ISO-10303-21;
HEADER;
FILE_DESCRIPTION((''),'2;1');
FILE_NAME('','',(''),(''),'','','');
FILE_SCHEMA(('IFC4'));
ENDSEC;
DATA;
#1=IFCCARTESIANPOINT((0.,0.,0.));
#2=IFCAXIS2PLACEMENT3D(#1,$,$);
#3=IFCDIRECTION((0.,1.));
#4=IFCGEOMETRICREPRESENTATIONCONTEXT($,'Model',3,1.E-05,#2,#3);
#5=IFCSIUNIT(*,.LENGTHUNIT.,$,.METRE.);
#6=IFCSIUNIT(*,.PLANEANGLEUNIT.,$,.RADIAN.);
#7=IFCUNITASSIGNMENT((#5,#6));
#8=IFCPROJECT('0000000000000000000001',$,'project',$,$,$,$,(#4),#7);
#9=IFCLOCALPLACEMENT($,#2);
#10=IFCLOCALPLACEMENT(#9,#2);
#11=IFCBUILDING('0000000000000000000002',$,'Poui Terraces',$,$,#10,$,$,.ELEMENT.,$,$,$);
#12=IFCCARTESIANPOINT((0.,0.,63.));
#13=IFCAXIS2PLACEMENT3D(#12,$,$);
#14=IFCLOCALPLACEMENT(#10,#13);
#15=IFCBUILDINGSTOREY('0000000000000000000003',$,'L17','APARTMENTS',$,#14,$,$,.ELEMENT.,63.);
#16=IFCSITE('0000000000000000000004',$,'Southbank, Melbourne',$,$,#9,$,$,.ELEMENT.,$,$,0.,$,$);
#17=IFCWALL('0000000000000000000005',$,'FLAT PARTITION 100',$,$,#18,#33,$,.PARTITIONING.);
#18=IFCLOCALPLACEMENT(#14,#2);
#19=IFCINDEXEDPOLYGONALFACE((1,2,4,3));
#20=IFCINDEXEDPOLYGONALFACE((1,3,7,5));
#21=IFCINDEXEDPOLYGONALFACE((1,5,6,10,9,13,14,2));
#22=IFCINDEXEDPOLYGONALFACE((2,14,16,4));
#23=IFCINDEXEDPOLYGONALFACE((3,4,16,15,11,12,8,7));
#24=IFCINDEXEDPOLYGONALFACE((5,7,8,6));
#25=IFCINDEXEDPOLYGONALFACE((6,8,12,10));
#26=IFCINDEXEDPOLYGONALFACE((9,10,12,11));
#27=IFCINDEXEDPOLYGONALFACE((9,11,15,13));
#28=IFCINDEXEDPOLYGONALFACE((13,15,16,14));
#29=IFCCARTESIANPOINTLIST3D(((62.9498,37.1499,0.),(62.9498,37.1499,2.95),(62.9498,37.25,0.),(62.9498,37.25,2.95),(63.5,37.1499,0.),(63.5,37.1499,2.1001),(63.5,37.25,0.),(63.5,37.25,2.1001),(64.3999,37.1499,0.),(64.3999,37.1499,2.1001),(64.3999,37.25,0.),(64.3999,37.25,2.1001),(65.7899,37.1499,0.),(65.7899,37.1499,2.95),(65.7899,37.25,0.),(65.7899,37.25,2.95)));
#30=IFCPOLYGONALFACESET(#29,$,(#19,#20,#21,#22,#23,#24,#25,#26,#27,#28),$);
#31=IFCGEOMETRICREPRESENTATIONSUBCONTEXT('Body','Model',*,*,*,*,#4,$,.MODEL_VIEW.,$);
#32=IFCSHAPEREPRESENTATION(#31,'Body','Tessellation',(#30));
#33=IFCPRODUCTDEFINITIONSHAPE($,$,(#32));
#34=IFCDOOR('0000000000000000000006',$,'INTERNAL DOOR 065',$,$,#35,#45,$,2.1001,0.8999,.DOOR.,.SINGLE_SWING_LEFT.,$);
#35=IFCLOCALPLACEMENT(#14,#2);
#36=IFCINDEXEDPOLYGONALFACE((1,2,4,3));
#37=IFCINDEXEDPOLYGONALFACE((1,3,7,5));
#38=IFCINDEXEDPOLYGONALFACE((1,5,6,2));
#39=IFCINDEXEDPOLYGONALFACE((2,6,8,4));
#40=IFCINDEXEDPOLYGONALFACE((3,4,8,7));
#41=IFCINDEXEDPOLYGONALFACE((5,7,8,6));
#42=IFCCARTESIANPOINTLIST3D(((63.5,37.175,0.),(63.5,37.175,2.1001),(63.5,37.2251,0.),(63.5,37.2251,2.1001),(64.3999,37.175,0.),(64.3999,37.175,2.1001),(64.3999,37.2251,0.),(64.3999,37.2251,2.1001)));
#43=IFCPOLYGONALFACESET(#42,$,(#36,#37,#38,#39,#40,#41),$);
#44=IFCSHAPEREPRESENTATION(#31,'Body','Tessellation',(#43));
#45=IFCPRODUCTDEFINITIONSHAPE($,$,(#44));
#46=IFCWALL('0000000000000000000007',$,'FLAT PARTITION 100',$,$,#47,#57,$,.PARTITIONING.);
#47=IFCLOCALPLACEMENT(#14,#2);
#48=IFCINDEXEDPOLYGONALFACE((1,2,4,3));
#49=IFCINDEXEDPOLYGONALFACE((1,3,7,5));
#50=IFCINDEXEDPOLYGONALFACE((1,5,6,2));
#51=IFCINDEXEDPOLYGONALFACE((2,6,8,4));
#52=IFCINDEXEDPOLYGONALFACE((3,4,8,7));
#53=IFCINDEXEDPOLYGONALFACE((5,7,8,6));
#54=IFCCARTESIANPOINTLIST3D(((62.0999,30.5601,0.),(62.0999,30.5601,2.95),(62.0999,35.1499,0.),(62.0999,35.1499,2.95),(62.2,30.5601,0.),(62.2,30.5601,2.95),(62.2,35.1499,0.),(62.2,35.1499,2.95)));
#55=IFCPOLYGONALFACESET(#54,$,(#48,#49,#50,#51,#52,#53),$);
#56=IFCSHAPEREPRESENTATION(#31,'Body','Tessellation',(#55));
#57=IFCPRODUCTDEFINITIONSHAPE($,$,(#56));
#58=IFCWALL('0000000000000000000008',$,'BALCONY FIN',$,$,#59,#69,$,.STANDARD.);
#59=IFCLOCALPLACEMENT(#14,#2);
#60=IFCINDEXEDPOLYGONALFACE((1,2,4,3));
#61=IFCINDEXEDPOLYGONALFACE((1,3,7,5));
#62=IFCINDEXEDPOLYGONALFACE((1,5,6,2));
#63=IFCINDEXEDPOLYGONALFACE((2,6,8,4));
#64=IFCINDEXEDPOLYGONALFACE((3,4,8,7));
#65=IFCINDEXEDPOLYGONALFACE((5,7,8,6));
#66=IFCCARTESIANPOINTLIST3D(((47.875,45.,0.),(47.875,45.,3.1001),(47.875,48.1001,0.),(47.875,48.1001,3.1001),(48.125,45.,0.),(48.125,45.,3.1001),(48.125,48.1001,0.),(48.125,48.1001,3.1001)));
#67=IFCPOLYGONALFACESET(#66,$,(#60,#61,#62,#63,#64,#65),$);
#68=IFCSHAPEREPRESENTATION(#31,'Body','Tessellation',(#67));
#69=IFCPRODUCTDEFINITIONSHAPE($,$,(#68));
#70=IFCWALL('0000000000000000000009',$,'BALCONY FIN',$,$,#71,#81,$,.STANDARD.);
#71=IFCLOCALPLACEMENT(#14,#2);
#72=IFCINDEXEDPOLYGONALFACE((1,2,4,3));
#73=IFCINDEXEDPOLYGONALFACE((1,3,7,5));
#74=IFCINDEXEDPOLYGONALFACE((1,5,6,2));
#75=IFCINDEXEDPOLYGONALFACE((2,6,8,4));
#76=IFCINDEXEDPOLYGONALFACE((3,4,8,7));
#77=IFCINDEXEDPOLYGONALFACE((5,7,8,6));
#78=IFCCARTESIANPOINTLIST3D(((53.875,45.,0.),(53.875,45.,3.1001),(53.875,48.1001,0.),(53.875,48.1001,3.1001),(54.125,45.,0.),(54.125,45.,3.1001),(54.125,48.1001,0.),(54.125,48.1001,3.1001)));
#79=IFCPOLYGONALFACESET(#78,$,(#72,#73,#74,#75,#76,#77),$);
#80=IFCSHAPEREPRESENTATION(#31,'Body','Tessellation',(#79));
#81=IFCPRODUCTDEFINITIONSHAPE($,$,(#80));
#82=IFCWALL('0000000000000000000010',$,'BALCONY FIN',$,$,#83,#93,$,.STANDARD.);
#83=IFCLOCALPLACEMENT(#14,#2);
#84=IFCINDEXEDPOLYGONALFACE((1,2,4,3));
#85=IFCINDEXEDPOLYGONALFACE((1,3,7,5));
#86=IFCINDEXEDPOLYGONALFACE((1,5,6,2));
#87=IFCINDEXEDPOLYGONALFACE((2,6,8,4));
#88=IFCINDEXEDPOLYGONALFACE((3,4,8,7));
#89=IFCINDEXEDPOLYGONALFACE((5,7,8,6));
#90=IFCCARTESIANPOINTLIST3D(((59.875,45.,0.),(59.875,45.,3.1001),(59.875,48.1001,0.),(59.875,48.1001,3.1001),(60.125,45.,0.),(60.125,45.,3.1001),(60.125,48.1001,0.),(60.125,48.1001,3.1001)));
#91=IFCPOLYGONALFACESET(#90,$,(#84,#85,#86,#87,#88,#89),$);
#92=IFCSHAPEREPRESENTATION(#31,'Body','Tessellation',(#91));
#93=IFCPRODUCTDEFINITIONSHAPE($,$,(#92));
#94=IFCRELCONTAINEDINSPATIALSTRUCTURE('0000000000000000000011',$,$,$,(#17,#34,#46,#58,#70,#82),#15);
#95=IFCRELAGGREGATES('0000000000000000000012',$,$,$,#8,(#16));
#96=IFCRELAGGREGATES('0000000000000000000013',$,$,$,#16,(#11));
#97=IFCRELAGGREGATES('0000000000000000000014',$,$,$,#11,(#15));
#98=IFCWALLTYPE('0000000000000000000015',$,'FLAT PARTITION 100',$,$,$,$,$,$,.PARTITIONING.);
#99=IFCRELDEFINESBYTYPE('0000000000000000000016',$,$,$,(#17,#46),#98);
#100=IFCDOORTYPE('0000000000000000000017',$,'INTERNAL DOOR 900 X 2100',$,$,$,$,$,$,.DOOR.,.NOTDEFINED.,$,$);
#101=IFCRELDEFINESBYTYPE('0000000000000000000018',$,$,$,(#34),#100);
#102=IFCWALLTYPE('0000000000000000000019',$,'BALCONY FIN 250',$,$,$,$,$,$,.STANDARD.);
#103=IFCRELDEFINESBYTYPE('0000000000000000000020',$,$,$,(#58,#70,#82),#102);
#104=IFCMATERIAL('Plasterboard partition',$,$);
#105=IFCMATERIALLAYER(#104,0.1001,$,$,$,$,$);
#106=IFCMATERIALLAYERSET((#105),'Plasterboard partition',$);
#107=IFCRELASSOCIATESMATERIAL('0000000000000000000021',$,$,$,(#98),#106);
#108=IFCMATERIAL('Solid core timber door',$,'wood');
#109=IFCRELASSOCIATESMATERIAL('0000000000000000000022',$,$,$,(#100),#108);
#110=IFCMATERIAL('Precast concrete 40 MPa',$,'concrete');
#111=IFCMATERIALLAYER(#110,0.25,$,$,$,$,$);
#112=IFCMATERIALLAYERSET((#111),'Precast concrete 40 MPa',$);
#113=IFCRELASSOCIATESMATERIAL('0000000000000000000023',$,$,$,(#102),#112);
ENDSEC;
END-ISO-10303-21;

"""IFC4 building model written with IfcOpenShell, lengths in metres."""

from ifc_helpers import new_model, si_unit, direction, frame, frame_2d, origin, place, context, subcontext, project, spatial, polyline, rectangle, outline, extrude, source, transform, mapped, material, layer, layer_set, type_object, element, fill, save


model = new_model("IFC4")

# Units and contexts
model_context = context("Model", 3, precision=1e-05, world=origin(), true_north=direction((0.0, 1.0)))
body_context = subcontext(model_context, "Body", "Model", "MODEL_VIEW")
ifc_project = project(units=[si_unit("LENGTHUNIT", "METRE"), si_unit("PLANEANGLEUNIT", "RADIAN")], contexts=[model_context])

# Site, building, storey
site_placement = place(None, origin())
site = spatial("IfcSite", under=ifc_project, at=site_placement, Name="Southbank, Melbourne", CompositionType="ELEMENT", RefElevation=0.0)
building_placement = place(site_placement, origin())
building = spatial("IfcBuilding", under=site, at=building_placement, Name="Poui Terraces", CompositionType="ELEMENT")
storey_placement = place(building_placement, frame((0.0, 0.0, 63.0)))
storey = spatial("IfcBuildingStorey", under=building, at=storey_placement, Name="L17", Description="APARTMENTS", CompositionType="ELEMENT", Elevation=63.0)

# Wall, opening, door
ifc_material_1 = material(Name="Plasterboard partition")
ifc_layer_1 = layer(ifc_material_1, 0.1001)
ifc_layer_set_1 = layer_set([ifc_layer_1], Name="Plasterboard partition")
wall_type_1 = type_object("IfcWallType", Name="FLAT PARTITION 100", PredefinedType="PARTITIONING", material=ifc_layer_set_1)
ifc_material_2 = material(Name="Solid core timber door", Category="wood")
door_type_1 = type_object("IfcDoorType", Name="INTERNAL DOOR 900 X 2100", OperationType="NOTDEFINED", PredefinedType="DOOR", material=ifc_material_2)
wall_1_placement = place(storey_placement, frame((62.95, 37.2, 0.0), z_axis=(0.0, 0.0, 1.0), x_axis=(1.0, 0.0, 0.0)))
wall_1 = element("IfcWall", 1, at=wall_1_placement, inside=storey, type_object=wall_type_1, Name="FLAT PARTITION 100", PredefinedType="PARTITIONING", context=body_context, shape_type="SweptSolid", body=[
    extrude(rectangle(XDim=2.8401, YDim=0.1001, at=frame_2d((1.4199, 0.0))), origin(), (0.0, 0.0, 1.0), 2.95),
])
opening_1_placement = place(wall_1_placement, frame((0.55, 0.0, 0.0)))
opening_1 = element("IfcOpeningElement", 2, at=opening_1_placement, cuts=wall_1, PredefinedType="OPENING", context=body_context, shape_type="SweptSolid", body=[
    extrude(rectangle(XDim=0.8999, YDim=2.1001, at=frame_2d((0.45, 1.05))), frame((0.0, 0.0601, 0.0), z_axis=(0.0, -1.0, 0.0), x_axis=(1.0, 0.0, 0.0)), (0.0, 0.0, 1.0), 0.1201),
])
door_1_placement = place(opening_1_placement, frame((0.8999, 0.0, 0.0), z_axis=(0.0, 0.0, 1.0), x_axis=(-1.0, 0.0, 0.0)))
door_1 = element("IfcDoor", 3, at=door_1_placement, inside=storey, type_object=door_type_1, Name="INTERNAL DOOR 065", OperationType="SINGLE_SWING_LEFT", OverallHeight=2.1001, OverallWidth=0.8999, PredefinedType="DOOR", context=body_context, shape_type="SweptSolid", body=[
    extrude(rectangle(XDim=0.8999, YDim=2.1001, at=frame_2d((0.45, 1.05))), frame((0.0, 0.0249, 0.0), z_axis=(0.0, -1.0, 0.0), x_axis=(1.0, 0.0, 0.0)), (0.0, 0.0, 1.0), 0.05),
])
fill(opening_1, door_1)

# Walls
wall_2_placement = place(storey_placement, frame((62.1499, 30.5601, 0.0), z_axis=(0.0, 0.0, 1.0), x_axis=(0.0, 1.0, 0.0)))
element("IfcWall", 4, at=wall_2_placement, inside=storey, type_object=wall_type_1, Name="FLAT PARTITION 100", PredefinedType="PARTITIONING", context=body_context, shape_type="SweptSolid", body=[
    extrude(rectangle(XDim=4.5898, YDim=0.1001, at=frame_2d((2.2949, 0.0))), origin(), (0.0, 0.0, 1.0), 2.95),
])
ifc_material_3 = material(Name="Precast concrete 40 MPa", Category="concrete")
ifc_layer_2 = layer(ifc_material_3, 0.25)
ifc_layer_set_2 = layer_set([ifc_layer_2], Name="Precast concrete 40 MPa")
wall_type_2 = type_object("IfcWallType", Name="BALCONY FIN 250", PredefinedType="STANDARD", material=ifc_layer_set_2)
shared_shape_1 = source(origin(), body_context, "Body", "SweptSolid", [
    extrude(outline(polyline([(0.0, 0.0), (0.25, 0.0), (0.25, 3.1001), (0.0, 3.1001), (0.0, 0.0)])), origin(), (0.0, 0.0, 1.0), 3.1001),
])
for number, where, name in (
    (5, (47.875, 45.0, 0.0), "BALCONY FIN"),
    (6, (53.875, 45.0, 0.0), "BALCONY FIN"),
    (7, (59.875, 45.0, 0.0), "BALCONY FIN"),
):
    element("IfcWall", number, at=place(storey_placement, frame(where)), inside=storey, type_object=wall_type_2, Name=name, PredefinedType="STANDARD", context=body_context, shape_type="MappedRepresentation", body=[
        mapped(shared_shape_1, transform((0.0, 0.0, 0.0))),
    ])

save(model, "model.ifc")
